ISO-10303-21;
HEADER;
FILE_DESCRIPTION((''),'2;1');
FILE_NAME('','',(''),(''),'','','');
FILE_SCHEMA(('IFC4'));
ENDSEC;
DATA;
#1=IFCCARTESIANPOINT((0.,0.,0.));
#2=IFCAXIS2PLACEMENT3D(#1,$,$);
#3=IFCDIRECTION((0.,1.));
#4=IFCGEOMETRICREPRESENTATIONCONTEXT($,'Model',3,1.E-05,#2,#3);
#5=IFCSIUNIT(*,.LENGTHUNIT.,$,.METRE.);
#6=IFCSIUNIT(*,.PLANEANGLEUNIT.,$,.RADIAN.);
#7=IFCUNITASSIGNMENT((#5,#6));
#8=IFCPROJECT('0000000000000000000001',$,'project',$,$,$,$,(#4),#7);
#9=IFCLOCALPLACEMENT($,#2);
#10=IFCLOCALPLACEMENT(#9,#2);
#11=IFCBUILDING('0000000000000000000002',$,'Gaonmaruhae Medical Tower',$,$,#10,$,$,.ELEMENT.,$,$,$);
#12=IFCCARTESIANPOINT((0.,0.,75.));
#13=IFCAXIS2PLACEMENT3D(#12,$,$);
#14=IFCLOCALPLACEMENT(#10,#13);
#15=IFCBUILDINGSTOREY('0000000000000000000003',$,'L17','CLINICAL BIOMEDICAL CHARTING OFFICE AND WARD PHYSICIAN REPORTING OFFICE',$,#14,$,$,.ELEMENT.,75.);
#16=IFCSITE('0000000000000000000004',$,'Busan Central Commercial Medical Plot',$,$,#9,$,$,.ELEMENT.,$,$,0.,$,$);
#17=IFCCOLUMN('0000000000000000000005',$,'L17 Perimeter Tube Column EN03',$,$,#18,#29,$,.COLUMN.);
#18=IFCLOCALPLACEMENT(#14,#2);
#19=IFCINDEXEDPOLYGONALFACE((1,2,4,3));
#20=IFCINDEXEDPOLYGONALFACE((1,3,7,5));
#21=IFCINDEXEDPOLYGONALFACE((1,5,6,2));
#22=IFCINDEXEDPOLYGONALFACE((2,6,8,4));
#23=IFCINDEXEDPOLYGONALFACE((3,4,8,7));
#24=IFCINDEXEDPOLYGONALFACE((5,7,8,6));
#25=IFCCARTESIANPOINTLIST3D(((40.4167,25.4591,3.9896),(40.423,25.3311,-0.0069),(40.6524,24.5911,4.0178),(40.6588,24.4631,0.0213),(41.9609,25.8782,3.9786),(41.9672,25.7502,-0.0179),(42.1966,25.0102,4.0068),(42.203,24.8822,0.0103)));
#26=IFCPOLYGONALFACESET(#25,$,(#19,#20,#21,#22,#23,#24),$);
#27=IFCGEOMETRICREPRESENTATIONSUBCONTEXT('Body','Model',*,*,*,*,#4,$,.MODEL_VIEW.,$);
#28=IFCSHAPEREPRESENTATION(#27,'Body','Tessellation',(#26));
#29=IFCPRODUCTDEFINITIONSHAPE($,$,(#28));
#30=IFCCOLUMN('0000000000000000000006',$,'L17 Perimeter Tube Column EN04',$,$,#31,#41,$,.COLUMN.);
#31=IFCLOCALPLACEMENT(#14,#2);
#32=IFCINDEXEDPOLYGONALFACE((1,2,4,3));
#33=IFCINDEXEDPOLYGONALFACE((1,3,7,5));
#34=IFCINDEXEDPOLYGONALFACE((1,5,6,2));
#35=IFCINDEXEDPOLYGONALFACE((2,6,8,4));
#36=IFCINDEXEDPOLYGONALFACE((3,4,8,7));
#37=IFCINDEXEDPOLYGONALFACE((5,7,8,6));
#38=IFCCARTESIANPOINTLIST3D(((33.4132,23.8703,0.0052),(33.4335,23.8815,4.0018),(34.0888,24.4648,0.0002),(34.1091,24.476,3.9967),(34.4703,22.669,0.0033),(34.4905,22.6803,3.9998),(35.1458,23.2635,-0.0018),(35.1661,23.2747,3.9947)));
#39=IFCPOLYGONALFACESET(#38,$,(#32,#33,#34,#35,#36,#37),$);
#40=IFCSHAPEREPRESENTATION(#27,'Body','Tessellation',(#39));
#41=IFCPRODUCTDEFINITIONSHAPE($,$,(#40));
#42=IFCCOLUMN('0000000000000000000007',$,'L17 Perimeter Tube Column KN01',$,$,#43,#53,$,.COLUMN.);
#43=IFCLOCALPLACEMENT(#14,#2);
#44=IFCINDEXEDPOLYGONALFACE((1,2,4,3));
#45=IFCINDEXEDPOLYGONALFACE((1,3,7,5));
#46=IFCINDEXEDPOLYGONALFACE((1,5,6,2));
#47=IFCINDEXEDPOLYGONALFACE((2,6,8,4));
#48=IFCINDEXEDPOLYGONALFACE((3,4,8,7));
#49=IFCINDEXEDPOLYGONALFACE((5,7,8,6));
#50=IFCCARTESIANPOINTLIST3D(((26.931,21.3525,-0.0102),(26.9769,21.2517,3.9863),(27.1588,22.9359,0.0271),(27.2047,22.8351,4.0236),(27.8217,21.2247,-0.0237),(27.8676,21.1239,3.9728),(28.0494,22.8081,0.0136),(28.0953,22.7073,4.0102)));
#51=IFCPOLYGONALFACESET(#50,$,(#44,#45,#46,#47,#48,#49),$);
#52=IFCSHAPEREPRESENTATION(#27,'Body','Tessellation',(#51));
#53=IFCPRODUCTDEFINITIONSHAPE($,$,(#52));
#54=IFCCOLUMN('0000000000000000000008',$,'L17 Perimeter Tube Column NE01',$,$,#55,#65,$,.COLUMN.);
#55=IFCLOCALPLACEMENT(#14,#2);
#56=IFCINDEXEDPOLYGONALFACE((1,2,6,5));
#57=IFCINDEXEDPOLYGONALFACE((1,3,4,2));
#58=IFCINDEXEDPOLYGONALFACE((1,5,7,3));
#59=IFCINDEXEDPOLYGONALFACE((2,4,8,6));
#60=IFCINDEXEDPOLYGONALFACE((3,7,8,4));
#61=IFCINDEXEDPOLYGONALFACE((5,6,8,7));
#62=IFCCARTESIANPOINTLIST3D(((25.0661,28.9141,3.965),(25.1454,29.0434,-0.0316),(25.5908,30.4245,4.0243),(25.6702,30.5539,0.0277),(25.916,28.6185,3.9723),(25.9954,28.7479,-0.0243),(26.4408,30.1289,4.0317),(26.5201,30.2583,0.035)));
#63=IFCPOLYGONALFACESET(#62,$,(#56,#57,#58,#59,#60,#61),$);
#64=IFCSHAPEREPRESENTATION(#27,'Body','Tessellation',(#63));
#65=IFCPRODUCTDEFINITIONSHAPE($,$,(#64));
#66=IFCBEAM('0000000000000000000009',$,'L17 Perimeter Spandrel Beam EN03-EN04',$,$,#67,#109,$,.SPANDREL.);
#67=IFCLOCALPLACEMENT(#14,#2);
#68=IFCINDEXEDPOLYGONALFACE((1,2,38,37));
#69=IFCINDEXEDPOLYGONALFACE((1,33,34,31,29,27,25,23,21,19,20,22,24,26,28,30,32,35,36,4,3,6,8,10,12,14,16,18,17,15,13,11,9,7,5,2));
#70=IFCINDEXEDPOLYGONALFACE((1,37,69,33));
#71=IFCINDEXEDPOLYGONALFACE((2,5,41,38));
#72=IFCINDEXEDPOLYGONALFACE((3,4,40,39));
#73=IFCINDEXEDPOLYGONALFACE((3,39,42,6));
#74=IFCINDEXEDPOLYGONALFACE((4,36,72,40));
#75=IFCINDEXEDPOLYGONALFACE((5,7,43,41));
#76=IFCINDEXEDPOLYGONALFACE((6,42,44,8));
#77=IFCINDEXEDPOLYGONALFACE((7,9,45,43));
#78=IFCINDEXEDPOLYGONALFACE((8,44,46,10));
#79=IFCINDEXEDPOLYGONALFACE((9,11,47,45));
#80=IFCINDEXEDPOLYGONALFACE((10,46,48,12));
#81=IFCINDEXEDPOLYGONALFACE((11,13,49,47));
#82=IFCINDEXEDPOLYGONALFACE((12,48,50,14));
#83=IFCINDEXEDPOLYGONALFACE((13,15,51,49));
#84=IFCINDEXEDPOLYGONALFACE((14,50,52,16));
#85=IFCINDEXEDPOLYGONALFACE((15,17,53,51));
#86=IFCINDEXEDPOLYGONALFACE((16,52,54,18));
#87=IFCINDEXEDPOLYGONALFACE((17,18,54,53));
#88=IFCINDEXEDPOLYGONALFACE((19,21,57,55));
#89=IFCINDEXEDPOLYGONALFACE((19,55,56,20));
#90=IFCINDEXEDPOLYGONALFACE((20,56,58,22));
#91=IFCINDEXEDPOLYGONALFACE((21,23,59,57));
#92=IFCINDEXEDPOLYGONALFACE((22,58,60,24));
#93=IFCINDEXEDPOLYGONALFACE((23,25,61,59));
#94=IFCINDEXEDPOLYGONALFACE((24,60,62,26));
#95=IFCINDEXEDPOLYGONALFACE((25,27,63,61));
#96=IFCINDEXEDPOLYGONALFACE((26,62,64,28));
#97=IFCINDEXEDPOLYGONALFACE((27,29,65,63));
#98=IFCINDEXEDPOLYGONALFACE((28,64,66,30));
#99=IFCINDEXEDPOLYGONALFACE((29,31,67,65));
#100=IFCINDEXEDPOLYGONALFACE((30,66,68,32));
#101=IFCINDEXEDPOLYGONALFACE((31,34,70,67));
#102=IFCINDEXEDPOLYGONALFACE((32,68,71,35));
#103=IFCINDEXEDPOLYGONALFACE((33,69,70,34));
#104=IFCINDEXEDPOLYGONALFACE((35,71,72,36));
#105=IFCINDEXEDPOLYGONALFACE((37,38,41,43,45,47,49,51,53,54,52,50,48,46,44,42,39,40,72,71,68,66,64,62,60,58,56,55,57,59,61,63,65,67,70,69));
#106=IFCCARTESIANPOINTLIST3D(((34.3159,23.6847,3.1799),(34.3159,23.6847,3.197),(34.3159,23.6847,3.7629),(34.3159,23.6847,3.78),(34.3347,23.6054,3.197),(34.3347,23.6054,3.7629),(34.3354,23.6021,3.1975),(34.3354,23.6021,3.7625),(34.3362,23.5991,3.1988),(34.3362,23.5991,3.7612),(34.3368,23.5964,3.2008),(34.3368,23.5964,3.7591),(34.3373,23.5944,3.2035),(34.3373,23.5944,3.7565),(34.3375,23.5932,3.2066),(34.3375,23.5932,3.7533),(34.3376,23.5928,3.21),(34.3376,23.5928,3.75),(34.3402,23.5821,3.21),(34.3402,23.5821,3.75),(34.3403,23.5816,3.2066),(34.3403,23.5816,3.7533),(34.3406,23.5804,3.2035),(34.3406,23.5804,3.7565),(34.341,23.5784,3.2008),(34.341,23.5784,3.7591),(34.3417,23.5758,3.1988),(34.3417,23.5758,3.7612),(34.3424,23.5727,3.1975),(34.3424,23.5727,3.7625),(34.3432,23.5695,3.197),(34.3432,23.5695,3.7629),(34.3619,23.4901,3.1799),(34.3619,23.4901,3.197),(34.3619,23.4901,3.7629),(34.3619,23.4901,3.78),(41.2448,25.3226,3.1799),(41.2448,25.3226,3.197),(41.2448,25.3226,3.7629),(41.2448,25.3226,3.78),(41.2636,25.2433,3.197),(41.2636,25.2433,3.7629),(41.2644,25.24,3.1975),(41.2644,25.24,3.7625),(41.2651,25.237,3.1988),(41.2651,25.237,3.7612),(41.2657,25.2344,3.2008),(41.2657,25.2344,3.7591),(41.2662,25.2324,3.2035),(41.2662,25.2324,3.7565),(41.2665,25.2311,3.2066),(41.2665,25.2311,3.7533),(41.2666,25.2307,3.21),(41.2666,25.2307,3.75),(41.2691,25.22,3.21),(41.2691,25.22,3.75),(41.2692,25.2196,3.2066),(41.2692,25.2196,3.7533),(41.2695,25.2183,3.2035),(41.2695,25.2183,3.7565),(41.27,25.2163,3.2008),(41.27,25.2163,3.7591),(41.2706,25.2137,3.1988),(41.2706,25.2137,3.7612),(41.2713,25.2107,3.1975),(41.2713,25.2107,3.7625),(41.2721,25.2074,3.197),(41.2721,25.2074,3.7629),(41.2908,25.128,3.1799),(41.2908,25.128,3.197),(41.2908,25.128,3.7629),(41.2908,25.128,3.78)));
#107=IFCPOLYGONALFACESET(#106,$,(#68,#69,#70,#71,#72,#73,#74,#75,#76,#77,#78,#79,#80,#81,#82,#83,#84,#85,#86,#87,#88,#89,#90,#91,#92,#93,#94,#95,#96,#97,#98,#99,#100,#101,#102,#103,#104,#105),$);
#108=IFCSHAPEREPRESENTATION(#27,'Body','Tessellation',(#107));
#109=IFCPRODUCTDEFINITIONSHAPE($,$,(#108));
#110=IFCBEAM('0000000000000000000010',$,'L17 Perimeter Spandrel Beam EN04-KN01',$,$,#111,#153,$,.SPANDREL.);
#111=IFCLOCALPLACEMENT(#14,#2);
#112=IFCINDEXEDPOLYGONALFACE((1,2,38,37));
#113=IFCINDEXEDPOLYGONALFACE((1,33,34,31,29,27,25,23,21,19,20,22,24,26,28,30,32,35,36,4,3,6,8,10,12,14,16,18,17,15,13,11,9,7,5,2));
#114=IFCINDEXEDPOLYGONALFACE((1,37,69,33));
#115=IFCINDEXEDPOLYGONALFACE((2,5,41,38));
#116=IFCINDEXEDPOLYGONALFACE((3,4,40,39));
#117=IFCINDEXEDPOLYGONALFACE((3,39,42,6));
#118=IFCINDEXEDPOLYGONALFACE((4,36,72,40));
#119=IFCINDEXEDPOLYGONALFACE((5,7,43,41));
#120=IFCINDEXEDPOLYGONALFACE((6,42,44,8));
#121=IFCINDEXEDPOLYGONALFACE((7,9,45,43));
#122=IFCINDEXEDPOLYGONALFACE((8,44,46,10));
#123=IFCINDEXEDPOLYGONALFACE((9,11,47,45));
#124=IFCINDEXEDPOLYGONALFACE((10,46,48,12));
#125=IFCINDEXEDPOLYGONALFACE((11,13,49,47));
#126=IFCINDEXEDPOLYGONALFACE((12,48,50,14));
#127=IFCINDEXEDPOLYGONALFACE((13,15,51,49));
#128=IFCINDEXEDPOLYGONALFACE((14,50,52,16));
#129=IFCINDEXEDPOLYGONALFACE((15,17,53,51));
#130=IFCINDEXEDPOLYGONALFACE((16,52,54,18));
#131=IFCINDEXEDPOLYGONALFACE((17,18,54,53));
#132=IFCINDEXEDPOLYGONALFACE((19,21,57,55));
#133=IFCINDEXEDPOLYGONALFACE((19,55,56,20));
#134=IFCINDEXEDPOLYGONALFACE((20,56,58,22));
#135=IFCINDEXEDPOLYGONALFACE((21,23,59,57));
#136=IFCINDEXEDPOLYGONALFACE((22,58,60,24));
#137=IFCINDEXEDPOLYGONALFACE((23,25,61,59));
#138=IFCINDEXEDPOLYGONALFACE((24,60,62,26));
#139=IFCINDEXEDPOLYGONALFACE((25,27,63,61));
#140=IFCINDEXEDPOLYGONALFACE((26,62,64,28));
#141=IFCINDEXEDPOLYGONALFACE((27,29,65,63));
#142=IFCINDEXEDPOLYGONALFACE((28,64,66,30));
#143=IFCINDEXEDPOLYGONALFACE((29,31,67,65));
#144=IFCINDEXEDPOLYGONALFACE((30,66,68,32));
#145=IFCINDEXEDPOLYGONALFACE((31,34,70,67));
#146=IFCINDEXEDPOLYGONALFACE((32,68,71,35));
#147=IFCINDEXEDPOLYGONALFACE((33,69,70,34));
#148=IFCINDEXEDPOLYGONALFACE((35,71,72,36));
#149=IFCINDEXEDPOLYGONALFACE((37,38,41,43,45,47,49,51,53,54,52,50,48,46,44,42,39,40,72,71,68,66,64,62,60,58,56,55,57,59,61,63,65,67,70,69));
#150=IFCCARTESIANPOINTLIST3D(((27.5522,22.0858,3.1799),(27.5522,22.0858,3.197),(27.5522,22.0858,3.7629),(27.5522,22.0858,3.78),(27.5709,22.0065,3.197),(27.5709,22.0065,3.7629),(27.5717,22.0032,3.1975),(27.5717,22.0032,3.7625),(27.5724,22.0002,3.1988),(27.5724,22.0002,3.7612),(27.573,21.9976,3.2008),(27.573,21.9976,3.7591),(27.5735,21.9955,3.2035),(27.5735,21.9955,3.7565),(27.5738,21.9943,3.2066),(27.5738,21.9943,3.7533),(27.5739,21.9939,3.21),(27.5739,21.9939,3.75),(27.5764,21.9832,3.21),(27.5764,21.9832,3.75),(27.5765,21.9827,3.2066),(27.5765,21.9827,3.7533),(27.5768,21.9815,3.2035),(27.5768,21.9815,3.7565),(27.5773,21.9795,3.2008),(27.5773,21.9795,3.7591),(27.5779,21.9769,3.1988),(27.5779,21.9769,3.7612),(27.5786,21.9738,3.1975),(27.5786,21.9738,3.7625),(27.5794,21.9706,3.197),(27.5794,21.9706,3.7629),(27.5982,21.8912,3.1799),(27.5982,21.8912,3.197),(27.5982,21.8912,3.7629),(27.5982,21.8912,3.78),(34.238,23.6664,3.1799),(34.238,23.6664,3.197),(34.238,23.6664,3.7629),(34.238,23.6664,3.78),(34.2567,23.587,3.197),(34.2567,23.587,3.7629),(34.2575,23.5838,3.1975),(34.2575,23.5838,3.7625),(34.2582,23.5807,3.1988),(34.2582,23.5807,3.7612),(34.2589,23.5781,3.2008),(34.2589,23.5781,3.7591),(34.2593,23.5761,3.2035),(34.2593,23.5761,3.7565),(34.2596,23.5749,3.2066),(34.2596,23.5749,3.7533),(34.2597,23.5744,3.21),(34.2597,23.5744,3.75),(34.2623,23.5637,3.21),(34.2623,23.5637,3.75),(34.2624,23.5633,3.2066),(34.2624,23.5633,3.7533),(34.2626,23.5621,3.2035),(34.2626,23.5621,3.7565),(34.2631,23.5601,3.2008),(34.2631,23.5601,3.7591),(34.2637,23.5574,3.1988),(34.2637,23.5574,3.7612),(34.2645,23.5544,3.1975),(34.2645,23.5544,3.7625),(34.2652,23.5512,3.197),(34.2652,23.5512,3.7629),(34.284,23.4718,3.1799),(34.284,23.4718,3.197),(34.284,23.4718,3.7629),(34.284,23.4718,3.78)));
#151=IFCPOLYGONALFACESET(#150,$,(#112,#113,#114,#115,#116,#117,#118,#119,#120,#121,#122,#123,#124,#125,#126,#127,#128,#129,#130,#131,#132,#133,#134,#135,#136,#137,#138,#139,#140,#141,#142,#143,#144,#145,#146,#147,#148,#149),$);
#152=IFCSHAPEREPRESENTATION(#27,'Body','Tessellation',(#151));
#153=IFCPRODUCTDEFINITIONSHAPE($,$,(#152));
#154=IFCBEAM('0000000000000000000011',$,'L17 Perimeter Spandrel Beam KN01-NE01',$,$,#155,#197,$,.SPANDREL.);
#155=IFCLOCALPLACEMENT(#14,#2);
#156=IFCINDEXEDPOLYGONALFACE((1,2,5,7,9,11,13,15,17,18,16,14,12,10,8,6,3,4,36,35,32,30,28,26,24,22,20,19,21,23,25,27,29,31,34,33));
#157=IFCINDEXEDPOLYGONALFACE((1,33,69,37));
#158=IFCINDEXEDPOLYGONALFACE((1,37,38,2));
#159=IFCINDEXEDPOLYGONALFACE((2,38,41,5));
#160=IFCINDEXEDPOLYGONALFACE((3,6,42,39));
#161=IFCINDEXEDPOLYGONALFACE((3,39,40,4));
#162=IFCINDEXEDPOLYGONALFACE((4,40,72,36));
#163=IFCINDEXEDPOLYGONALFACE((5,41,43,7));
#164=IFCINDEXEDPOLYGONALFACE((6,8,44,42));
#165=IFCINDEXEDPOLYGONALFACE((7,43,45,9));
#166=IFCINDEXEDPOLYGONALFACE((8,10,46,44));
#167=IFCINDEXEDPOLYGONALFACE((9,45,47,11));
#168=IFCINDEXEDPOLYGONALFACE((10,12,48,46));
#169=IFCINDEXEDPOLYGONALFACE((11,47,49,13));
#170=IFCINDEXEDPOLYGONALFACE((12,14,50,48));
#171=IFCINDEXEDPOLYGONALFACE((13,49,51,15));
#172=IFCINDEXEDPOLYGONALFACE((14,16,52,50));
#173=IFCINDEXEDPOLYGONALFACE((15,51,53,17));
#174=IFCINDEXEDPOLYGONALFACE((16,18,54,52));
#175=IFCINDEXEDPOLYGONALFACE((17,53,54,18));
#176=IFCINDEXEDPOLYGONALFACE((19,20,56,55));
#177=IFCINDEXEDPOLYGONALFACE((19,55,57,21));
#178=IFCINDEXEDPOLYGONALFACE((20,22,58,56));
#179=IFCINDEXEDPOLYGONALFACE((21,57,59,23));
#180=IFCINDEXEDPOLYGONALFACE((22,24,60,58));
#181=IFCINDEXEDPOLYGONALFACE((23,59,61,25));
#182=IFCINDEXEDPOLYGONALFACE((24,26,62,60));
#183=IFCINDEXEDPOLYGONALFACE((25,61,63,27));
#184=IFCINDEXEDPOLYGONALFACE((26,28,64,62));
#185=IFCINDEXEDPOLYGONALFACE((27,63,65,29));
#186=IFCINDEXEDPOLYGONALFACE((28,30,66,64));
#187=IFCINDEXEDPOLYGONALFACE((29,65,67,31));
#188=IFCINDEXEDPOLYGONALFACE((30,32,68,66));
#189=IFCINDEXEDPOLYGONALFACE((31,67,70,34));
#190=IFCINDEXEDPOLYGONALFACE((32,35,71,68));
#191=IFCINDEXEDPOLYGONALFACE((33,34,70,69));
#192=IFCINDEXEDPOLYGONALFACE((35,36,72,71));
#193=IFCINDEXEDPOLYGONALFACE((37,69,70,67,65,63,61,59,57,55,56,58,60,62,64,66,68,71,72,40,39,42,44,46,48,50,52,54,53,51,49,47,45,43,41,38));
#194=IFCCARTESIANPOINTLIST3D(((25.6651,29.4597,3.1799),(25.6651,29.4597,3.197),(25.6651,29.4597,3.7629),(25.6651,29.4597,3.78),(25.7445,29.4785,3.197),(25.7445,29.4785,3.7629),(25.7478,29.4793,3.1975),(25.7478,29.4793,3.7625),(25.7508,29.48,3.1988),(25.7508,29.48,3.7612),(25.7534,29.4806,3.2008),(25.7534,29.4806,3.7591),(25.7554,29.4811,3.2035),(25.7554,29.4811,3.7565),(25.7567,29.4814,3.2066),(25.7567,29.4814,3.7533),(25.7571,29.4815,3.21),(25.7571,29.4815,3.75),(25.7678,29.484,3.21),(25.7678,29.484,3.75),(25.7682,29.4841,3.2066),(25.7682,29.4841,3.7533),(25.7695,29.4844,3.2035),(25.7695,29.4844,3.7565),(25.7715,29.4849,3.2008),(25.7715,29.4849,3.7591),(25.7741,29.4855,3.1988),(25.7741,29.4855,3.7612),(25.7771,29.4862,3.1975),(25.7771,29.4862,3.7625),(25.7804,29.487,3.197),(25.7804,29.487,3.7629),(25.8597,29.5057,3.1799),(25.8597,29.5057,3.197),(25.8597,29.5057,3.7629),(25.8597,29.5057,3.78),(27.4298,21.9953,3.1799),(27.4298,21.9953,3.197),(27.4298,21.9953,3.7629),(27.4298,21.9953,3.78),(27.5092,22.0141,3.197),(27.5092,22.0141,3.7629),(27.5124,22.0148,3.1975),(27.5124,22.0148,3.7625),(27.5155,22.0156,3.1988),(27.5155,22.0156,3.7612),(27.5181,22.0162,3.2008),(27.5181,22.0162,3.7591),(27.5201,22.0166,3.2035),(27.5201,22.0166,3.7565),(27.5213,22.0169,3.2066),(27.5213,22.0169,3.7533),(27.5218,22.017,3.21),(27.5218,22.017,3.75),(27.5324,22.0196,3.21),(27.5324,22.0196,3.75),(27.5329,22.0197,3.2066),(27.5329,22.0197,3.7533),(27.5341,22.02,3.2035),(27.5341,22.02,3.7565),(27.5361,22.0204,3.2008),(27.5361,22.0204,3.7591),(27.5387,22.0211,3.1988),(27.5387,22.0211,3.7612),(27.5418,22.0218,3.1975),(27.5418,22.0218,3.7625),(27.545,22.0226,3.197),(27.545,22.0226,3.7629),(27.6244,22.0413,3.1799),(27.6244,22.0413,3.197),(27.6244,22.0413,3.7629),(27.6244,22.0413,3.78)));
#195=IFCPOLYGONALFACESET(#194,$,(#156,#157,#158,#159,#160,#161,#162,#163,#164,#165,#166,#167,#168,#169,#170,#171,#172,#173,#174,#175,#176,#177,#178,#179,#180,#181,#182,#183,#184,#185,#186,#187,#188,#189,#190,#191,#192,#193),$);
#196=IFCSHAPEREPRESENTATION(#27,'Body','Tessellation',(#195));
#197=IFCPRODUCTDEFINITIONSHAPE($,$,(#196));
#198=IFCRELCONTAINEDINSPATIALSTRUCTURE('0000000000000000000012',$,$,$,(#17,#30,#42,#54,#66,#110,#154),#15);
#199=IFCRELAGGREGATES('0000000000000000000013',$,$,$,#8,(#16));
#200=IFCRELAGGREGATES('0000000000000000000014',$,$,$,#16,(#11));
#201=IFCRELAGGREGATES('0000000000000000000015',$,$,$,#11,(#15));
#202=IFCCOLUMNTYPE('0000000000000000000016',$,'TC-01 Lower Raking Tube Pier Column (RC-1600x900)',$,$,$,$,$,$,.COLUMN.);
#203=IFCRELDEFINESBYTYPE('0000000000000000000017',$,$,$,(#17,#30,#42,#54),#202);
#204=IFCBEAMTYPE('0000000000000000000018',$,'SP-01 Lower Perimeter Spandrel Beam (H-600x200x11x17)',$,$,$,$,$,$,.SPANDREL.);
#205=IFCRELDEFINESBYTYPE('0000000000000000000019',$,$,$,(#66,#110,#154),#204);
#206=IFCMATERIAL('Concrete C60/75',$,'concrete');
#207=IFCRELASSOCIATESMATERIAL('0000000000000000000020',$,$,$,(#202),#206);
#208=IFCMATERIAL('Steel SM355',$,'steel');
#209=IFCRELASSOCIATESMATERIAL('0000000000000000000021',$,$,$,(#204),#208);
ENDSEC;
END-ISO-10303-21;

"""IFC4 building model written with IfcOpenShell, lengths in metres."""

from ifc_helpers import new_model, si_unit, direction, frame, origin, origin_2d, place, context, subcontext, project, spatial, rectangle, i_section, extrude, material, material_profile, profile_set, type_object, element, save


model = new_model("IFC4")

# Units and contexts
model_context = context("Model", 3, precision=1e-05, world=origin(), true_north=direction((0.0, 1.0)))
body_context = subcontext(model_context, "Body", "Model", "MODEL_VIEW")
ifc_project = project(units=[si_unit("LENGTHUNIT", "METRE"), si_unit("PLANEANGLEUNIT", "RADIAN")], contexts=[model_context])

# Site, building, storey
site_placement = place(None, origin())
site = spatial("IfcSite", under=ifc_project, at=site_placement, Name="Busan Central Commercial Medical Plot", CompositionType="ELEMENT", RefElevation=0.0)
building_placement = place(site_placement, origin())
building = spatial("IfcBuilding", under=site, at=building_placement, Name="Gaonmaruhae Medical Tower", CompositionType="ELEMENT")
storey_placement = place(building_placement, frame((0.0, 0.0, 75.0)))
storey = spatial("IfcBuildingStorey", under=building, at=storey_placement, Name="L17", Description="CLINICAL BIOMEDICAL CHARTING OFFICE AND WARD PHYSICIAN REPORTING OFFICE", CompositionType="ELEMENT", Elevation=75.0)

# Columns
ifc_material_1 = material(Name="Concrete C60/75", Category="concrete")
ifc_material_profile_1 = material_profile(ifc_material_1, rectangle(XDim=1.6001, YDim=0.8999, at=origin_2d()), Name="RC-1600x900")
ifc_profile_set_1 = profile_set([ifc_material_profile_1], Name="Concrete C60/75")
column_type = type_object("IfcColumnType", Name="TC-01 Lower Raking Tube Pier Column (RC-1600x900)", PredefinedType="COLUMN", material=ifc_profile_set_1)
column_1_placement = place(storey_placement, frame((41.313, 25.1067, 0.0017), z_axis=(-0.001587, 0.031993, 0.999487), x_axis=(-0.965065, -0.261921, 0.006851)))
element("IfcColumn", 1, at=column_1_placement, inside=storey, type_object=column_type, Name="L17 Perimeter Tube Column EN03", PredefinedType="COLUMN", context=body_context, shape_type="SweptSolid", body=[
    extrude(rectangle(XDim=1.6001, YDim=0.8999, at=origin_2d()), origin(), (0.0, 0.0, 1.0), 3.9985),
])
column_2_placement = place(storey_placement, frame((34.2795, 23.5669, 0.0017), z_axis=(0.00507, 0.00281, 0.999983), x_axis=(-0.660601, 0.750736, 0.00124)))
element("IfcColumn", 2, at=column_2_placement, inside=storey, type_object=column_type, Name="L17 Perimeter Tube Column EN04", PredefinedType="COLUMN", context=body_context, shape_type="SweptSolid", body=[
    extrude(rectangle(XDim=1.6001, YDim=0.8999, at=origin_2d()), origin(), (0.0, 0.0, 1.0), 3.9966),
])
column_3_placement = place(storey_placement, frame((27.4902, 22.0803, 0.0017), z_axis=(0.01148, -0.025219, 0.999616), x_axis=(0.142326, 0.989545, 0.023331)))
element("IfcColumn", 3, at=column_3_placement, inside=storey, type_object=column_type, Name="L17 Perimeter Tube Column KN01", PredefinedType="COLUMN", context=body_context, shape_type="SweptSolid", body=[
    extrude(rectangle(XDim=1.6001, YDim=0.8999, at=origin_2d()), origin(), (0.0, 0.0, 1.0), 3.998),
])
column_4_placement = place(storey_placement, frame((25.8328, 29.6509, 0.0017), z_axis=(-0.019839, -0.032353, 0.99928), x_axis=(0.327954, 0.943966, 0.037073)))
element("IfcColumn", 4, at=column_4_placement, inside=storey, type_object=column_type, Name="L17 Perimeter Tube Column NE01", PredefinedType="COLUMN", context=body_context, shape_type="SweptSolid", body=[
    extrude(rectangle(XDim=1.6001, YDim=0.8999, at=origin_2d()), origin(), (0.0, 0.0, 1.0), 3.9995),
])

# Beams
ifc_material_2 = material(Name="Steel SM355", Category="steel")
ifc_material_profile_2 = material_profile(ifc_material_2, i_section(OverallWidth=0.2, OverallDepth=0.6001, WebThickness=0.011, FlangeThickness=0.0171, FilletRadius=0.0129, at=origin_2d()), Name="H-600x200x11x17")
ifc_profile_set_2 = profile_set([ifc_material_profile_2], Name="Steel SM355")
beam_type = type_object("IfcBeamType", Name="SP-01 Lower Perimeter Spandrel Beam (H-600x200x11x17)", PredefinedType="SPANDREL", material=ifc_profile_set_2)
beam_1_placement = place(storey_placement, frame((41.2678, 25.2253, 3.48), z_axis=(-0.973179, -0.23005, 0.0), x_axis=(0.23005, -0.973179, 0.0)))
element("IfcBeam", 5, at=beam_1_placement, inside=storey, type_object=beam_type, Name="L17 Perimeter Spandrel Beam EN03-EN04", PredefinedType="SPANDREL", context=body_context, shape_type="SweptSolid", body=[
    extrude(i_section(OverallWidth=0.2, OverallDepth=0.6001, WebThickness=0.011, FlangeThickness=0.0171, FilletRadius=0.0129, at=origin_2d()), origin(), (0.0, 0.0, 1.0), 7.1199),
])
beam_2_placement = place(storey_placement, frame((34.261, 23.5691, 3.48), z_axis=(-0.973175, -0.230065, 0.0), x_axis=(0.230065, -0.973175, 0.0)))
element("IfcBeam", 6, at=beam_2_placement, inside=storey, type_object=beam_type, Name="L17 Perimeter Spandrel Beam EN04-KN01", PredefinedType="SPANDREL", context=body_context, shape_type="SweptSolid", body=[
    extrude(i_section(OverallWidth=0.2, OverallDepth=0.6001, WebThickness=0.011, FlangeThickness=0.0171, FilletRadius=0.0129, at=origin_2d()), origin(), (0.0, 0.0, 1.0), 6.8701),
])
beam_3_placement = place(storey_placement, frame((27.5271, 22.0183, 3.48), z_axis=(-0.230068, 0.973175, 0.0), x_axis=(-0.973175, -0.230068, 0.0)))
element("IfcBeam", 7, at=beam_3_placement, inside=storey, type_object=beam_type, Name="L17 Perimeter Spandrel Beam KN01-NE01", PredefinedType="SPANDREL", context=body_context, shape_type="SweptSolid", body=[
    extrude(i_section(OverallWidth=0.2, OverallDepth=0.6001, WebThickness=0.011, FlangeThickness=0.0171, FilletRadius=0.0129, at=origin_2d()), origin(), (0.0, 0.0, 1.0), 7.6702),
])

save(model, "model.ifc")
